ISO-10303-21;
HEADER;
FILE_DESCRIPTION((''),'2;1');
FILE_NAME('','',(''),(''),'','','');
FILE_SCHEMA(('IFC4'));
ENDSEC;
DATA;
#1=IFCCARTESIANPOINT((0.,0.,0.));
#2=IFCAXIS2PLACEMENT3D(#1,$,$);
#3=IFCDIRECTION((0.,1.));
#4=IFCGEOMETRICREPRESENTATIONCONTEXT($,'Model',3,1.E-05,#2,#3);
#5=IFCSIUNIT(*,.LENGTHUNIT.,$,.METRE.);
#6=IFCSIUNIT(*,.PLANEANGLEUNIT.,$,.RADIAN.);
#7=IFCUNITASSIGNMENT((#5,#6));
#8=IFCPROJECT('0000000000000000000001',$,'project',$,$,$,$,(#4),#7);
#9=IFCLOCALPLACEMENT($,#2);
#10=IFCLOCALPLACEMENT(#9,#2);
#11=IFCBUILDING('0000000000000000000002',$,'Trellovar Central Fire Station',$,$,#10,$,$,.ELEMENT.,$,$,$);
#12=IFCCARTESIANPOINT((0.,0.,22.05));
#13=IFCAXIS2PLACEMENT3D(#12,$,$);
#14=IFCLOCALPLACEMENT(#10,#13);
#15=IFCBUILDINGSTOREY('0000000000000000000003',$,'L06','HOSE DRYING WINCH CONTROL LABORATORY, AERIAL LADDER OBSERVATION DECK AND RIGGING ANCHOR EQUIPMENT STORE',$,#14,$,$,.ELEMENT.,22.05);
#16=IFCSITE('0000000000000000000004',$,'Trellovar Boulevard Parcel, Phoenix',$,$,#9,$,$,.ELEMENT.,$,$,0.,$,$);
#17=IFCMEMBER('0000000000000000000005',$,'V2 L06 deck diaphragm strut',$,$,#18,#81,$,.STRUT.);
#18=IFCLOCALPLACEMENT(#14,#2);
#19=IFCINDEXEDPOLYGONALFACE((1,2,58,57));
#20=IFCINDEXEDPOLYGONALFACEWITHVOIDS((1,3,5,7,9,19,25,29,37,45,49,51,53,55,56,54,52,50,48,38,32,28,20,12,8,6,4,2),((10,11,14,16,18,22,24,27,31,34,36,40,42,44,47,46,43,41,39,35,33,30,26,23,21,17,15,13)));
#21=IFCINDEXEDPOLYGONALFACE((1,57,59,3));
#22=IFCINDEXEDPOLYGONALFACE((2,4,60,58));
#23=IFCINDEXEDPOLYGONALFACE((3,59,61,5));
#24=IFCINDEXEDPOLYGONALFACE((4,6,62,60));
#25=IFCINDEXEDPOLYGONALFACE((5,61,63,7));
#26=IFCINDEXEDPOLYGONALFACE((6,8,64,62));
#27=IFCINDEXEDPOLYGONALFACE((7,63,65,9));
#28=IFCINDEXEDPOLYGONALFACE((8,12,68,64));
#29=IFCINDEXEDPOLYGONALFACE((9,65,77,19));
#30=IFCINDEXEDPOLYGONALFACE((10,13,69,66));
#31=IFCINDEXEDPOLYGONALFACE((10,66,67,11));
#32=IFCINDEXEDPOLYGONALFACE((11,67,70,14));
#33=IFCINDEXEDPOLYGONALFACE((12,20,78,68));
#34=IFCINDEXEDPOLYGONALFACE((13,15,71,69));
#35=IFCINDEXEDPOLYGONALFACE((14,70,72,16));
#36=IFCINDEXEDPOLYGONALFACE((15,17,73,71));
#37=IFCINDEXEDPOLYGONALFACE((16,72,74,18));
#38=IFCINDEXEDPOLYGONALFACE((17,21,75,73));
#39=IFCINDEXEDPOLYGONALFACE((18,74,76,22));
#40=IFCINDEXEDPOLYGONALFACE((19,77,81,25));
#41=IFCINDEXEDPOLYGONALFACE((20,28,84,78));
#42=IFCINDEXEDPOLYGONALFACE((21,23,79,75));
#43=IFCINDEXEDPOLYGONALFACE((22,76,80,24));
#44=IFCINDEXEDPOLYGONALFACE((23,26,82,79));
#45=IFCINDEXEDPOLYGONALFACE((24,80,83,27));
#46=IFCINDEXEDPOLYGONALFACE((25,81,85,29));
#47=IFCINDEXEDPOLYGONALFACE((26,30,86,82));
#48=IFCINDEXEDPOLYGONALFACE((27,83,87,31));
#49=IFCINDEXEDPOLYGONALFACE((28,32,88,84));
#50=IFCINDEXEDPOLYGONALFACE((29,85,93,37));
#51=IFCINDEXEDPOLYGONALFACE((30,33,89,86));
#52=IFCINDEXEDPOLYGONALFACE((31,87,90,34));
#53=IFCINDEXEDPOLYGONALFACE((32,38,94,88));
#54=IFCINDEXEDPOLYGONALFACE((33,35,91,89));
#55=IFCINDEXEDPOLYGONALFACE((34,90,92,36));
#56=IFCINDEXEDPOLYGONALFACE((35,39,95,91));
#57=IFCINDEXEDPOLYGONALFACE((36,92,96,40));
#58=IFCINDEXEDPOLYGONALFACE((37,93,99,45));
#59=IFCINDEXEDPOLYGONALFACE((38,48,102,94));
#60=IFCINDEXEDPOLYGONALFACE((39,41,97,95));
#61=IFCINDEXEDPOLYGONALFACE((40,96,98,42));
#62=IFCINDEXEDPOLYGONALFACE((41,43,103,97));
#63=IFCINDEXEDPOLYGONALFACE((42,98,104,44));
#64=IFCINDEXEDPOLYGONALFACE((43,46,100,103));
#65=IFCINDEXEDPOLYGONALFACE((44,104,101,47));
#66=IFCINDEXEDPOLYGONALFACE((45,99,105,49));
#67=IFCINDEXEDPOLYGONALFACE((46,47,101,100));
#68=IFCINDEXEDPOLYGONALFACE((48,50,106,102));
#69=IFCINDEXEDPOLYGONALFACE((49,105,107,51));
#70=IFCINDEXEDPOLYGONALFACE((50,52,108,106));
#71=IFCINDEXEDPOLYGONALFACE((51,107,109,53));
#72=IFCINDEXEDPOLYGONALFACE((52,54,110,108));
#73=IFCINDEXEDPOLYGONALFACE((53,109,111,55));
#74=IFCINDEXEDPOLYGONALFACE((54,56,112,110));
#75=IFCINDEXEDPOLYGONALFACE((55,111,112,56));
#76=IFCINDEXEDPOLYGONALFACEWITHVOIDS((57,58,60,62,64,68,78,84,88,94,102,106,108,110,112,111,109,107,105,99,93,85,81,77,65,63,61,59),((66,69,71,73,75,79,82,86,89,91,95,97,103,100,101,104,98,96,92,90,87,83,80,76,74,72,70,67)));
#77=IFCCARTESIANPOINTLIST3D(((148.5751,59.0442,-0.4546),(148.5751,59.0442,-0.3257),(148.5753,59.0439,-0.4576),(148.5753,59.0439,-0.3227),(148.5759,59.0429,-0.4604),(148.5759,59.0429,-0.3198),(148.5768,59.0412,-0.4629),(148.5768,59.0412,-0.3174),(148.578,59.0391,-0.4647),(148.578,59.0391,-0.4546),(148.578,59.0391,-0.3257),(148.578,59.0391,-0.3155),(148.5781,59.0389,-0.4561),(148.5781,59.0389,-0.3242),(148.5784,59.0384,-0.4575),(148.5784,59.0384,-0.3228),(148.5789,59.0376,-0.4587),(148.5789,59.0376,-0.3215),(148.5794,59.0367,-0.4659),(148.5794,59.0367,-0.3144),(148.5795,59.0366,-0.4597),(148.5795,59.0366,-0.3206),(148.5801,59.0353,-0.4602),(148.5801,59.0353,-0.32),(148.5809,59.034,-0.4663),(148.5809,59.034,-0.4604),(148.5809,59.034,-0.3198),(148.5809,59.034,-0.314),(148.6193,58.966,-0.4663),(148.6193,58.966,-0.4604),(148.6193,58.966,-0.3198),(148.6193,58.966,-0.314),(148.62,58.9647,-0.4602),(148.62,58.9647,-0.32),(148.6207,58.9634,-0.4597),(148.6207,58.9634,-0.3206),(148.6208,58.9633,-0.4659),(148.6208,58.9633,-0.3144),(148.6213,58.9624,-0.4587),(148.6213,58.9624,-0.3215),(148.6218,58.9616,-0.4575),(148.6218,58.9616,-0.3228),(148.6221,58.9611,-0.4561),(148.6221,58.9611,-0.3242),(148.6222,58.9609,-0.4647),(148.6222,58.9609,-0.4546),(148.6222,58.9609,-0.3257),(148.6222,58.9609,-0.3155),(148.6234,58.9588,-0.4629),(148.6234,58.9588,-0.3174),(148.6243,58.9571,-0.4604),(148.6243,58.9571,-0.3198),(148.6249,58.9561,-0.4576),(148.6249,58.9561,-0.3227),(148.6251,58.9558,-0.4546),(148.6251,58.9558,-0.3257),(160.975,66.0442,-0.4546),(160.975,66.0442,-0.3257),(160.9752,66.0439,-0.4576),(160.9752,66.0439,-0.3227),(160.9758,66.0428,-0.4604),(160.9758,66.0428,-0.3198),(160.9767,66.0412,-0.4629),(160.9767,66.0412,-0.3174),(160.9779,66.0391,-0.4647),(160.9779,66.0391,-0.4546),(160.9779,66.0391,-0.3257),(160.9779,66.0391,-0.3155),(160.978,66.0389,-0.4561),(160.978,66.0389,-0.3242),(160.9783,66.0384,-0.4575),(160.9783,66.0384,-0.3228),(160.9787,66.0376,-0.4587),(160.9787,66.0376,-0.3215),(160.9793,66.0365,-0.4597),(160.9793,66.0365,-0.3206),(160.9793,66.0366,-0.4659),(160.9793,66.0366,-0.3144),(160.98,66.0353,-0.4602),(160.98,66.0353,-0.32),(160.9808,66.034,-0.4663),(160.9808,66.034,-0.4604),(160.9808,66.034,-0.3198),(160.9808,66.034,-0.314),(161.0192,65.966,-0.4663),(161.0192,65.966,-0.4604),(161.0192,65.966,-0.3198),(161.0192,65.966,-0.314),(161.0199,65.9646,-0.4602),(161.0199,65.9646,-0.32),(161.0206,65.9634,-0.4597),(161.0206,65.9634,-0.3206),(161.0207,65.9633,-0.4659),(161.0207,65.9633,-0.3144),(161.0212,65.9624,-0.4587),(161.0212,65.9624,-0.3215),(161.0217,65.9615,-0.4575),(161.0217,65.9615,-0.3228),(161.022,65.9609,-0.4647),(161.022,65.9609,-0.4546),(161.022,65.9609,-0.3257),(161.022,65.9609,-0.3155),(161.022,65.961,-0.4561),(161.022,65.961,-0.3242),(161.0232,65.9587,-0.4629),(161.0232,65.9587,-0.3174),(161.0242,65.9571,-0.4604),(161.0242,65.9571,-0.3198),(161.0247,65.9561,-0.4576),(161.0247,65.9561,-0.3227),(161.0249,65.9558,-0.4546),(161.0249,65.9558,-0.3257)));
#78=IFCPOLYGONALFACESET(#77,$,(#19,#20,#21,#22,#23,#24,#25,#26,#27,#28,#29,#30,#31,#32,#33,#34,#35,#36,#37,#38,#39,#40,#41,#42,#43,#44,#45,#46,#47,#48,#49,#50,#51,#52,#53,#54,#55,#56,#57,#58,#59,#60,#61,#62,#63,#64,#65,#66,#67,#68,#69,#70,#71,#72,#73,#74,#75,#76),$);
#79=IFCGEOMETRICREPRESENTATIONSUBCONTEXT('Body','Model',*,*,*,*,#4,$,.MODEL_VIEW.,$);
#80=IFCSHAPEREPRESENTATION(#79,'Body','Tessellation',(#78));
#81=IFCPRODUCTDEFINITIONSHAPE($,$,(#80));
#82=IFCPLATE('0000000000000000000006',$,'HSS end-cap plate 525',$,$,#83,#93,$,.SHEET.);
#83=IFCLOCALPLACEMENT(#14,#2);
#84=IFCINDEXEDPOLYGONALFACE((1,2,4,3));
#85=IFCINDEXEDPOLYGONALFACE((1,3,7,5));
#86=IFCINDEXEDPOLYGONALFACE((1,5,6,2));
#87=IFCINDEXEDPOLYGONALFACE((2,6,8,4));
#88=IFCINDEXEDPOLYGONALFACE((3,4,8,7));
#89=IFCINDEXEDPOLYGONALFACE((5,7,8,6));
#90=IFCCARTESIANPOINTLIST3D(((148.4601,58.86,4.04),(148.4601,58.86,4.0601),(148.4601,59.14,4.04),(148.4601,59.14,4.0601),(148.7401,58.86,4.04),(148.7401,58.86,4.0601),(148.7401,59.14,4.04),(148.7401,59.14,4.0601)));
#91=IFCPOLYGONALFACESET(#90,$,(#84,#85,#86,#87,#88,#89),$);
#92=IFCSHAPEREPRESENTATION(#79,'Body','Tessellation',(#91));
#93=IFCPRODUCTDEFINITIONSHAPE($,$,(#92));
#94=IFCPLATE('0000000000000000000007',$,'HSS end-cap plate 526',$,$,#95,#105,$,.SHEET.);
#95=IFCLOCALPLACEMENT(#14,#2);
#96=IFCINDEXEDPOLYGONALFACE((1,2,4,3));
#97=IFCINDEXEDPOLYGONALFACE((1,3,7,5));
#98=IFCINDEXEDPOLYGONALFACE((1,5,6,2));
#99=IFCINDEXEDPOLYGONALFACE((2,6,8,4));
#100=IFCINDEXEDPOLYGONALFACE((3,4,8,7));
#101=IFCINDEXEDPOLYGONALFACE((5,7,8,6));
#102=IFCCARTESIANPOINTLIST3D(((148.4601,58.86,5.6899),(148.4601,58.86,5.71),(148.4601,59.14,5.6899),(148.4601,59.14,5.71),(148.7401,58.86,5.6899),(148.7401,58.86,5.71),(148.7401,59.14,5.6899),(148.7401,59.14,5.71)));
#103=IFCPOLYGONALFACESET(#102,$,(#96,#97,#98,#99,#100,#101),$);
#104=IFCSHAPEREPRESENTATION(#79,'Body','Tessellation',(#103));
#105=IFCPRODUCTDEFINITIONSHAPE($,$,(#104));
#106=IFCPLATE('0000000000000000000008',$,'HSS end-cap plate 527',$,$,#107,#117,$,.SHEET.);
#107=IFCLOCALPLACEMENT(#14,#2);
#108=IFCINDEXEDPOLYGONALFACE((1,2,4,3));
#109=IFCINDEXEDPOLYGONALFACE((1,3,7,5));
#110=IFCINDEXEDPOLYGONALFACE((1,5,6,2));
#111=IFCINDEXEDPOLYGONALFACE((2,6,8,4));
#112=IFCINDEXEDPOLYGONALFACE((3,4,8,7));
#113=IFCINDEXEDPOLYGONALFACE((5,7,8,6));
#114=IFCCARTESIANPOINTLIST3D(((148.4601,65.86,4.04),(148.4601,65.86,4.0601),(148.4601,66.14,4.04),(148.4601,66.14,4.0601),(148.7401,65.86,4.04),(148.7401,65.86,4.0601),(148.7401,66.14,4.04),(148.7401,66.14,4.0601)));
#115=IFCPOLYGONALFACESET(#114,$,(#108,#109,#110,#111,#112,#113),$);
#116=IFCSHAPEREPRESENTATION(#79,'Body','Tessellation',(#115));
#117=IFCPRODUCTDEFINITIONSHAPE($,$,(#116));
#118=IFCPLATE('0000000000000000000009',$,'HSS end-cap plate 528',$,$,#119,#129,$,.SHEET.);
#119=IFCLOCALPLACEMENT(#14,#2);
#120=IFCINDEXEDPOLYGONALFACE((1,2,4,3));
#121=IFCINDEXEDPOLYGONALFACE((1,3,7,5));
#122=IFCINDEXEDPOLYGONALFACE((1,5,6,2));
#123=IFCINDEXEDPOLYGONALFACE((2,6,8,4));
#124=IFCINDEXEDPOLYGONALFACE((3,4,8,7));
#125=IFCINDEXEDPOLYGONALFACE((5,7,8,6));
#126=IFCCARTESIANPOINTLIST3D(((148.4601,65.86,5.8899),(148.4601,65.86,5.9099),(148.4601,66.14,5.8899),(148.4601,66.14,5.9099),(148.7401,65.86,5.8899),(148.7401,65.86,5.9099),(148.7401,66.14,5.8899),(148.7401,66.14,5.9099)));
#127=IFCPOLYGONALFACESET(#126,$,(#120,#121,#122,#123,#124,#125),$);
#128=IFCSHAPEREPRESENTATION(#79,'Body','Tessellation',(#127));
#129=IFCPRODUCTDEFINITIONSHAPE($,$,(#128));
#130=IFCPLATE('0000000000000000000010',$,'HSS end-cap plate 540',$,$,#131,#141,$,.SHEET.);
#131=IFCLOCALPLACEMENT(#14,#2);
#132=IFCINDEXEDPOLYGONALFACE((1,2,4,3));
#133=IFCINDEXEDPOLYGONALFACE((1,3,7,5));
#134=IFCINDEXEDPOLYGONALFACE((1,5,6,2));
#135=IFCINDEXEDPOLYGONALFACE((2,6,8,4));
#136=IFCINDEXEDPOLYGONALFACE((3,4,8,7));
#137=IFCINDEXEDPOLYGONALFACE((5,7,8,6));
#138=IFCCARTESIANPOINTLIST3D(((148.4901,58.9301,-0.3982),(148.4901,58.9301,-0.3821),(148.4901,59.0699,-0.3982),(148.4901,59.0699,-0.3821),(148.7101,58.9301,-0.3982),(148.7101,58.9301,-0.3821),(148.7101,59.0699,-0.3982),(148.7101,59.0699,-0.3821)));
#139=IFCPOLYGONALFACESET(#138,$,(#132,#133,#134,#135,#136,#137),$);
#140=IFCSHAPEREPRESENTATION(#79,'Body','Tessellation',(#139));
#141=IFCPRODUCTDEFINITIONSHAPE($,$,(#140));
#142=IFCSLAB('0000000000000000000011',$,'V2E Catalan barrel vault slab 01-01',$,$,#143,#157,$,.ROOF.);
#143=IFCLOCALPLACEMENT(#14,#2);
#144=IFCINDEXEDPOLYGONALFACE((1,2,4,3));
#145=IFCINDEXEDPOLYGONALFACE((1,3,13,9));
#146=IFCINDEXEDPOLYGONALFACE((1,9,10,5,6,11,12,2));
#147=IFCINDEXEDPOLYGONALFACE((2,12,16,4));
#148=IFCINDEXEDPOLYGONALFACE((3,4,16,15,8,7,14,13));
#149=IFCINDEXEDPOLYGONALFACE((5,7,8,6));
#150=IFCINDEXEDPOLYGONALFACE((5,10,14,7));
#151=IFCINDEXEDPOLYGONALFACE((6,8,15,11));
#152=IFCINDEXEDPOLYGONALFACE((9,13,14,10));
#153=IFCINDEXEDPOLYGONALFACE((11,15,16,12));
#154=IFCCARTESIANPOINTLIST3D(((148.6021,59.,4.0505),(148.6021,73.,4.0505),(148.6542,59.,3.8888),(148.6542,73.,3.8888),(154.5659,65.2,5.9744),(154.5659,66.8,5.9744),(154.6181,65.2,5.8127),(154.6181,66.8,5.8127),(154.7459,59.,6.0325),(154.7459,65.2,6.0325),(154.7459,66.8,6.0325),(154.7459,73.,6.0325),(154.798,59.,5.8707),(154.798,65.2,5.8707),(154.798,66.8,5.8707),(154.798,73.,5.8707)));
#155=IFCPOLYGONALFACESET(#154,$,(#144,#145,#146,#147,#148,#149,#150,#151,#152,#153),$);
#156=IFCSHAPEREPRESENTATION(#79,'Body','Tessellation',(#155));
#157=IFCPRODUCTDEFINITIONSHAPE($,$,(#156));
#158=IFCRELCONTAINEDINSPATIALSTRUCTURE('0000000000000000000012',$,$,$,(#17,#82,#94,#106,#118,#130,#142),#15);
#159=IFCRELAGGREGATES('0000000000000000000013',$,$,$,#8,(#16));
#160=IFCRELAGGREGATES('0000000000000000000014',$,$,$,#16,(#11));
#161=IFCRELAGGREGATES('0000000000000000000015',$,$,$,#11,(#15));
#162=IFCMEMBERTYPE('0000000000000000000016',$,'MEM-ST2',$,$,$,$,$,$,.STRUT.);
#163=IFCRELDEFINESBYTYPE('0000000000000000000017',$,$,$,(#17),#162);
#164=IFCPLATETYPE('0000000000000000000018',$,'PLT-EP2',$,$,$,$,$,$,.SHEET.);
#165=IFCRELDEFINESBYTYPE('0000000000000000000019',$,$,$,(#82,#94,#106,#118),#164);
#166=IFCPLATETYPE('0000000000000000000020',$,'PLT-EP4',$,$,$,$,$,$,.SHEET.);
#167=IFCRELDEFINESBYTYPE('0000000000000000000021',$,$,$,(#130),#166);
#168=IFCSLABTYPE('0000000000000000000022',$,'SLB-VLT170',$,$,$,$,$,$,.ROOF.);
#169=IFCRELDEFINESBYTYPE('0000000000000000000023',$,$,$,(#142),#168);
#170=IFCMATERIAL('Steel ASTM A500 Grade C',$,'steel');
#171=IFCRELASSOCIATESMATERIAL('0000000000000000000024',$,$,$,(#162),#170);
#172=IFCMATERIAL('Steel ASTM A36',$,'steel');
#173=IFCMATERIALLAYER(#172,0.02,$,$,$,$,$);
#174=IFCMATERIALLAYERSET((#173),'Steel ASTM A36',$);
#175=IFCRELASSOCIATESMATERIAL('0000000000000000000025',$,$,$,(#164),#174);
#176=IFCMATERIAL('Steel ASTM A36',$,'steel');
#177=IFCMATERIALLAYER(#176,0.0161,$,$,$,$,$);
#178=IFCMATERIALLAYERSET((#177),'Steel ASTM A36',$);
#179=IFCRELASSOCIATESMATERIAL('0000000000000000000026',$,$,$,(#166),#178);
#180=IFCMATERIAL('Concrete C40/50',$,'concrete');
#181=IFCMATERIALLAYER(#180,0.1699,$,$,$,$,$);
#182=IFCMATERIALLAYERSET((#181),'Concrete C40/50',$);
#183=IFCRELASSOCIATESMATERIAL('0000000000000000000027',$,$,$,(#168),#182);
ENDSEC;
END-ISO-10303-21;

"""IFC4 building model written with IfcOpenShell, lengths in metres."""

from ifc_helpers import new_model, si_unit, direction, frame, origin, origin_2d, place, context, subcontext, project, spatial, polyline, rectangle, hollow_rectangle, outline, extrude, material, layer, layer_set, material_profile, profile_set, type_object, element, save


model = new_model("IFC4")

# Units and contexts
model_context = context("Model", 3, precision=1e-05, world=origin(), true_north=direction((0.0, 1.0)))
body_context = subcontext(model_context, "Body", "Model", "MODEL_VIEW")
ifc_project = project(units=[si_unit("LENGTHUNIT", "METRE"), si_unit("PLANEANGLEUNIT", "RADIAN")], contexts=[model_context])

# Site, building, storey
site_placement = place(None, origin())
site = spatial("IfcSite", under=ifc_project, at=site_placement, Name="Trellovar Boulevard Parcel, Phoenix", CompositionType="ELEMENT", RefElevation=0.0)
building_placement = place(site_placement, origin())
building = spatial("IfcBuilding", under=site, at=building_placement, Name="Trellovar Central Fire Station", CompositionType="ELEMENT")
storey_placement = place(building_placement, frame((0.0, 0.0, 22.05)))
storey = spatial("IfcBuildingStorey", under=building, at=storey_placement, Name="L06", Description="HOSE DRYING WINCH CONTROL LABORATORY, AERIAL LADDER OBSERVATION DECK AND RIGGING ANCHOR EQUIPMENT STORE", CompositionType="ELEMENT", Elevation=22.05)

# Member
ifc_material_1 = material(Name="Steel ASTM A500 Grade C", Category="steel")
ifc_material_profile_1 = material_profile(ifc_material_1, hollow_rectangle(XDim=0.1016, YDim=0.1523, WallThickness=0.0059, InnerFilletRadius=0.0059, OuterFilletRadius=0.0117, at=origin_2d()), Name="HSS6X4X1/4")
ifc_profile_set_1 = profile_set([ifc_material_profile_1], Name="Steel ASTM A500 Grade C")
member_type_1 = type_object("IfcMemberType", Name="MEM-ST2", PredefinedType="STRUT", material=ifc_profile_set_1)
member_1_placement = place(storey_placement, frame((148.6001, 59.0, -0.3901), z_axis=(0.870823, 0.491597, 0.0), x_axis=(-0.491597, 0.870823, 0.0)))
element("IfcMember", 1, at=member_1_placement, inside=storey, type_object=member_type_1, Name="V2 L06 deck diaphragm strut", PredefinedType="STRUT", context=body_context, shape_type="SweptSolid", body=[
    extrude(hollow_rectangle(XDim=0.1016, YDim=0.1523, WallThickness=0.0059, InnerFilletRadius=0.0059, OuterFilletRadius=0.0117, at=origin_2d()), origin(), (0.0, 0.0, 1.0), 14.2393),
])

# Plates
ifc_material_2 = material(Name="Steel ASTM A36", Category="steel")
ifc_layer_1 = layer(ifc_material_2, 0.02)
ifc_layer_set_1 = layer_set([ifc_layer_1], Name="Steel ASTM A36")
plate_type_1 = type_object("IfcPlateType", Name="PLT-EP2", PredefinedType="SHEET", material=ifc_layer_set_1)
for number, where, z_axis, x_axis, name in (
    (2, (148.6001, 59.0, 4.04), (0.0, 0.0, 1.0), (1.0, 0.0, 0.0), "HSS end-cap plate 525"),
    (3, (148.6001, 59.0, 5.6899), (0.0, 0.0, 1.0), (1.0, 0.0, 0.0), "HSS end-cap plate 526"),
    (4, (148.6001, 66.0, 4.04), (0.0, 0.0, 1.0), (1.0, 0.0, 0.0), "HSS end-cap plate 527"),
    (5, (148.6001, 66.0, 5.8899), (0.0, 0.0, 1.0), (1.0, 0.0, 0.0), "HSS end-cap plate 528"),
):
    element("IfcPlate", number, at=place(storey_placement, frame(where, z_axis=z_axis, x_axis=x_axis)), inside=storey, type_object=plate_type_1, Name=name, PredefinedType="SHEET", context=body_context, shape_type="SweptSolid", body=[
        extrude(rectangle(XDim=0.28, YDim=0.28, at=origin_2d()), origin(), (0.0, 0.0, 1.0), 0.02),
    ])
ifc_material_3 = material(Name="Steel ASTM A36", Category="steel")
ifc_layer_2 = layer(ifc_material_3, 0.0161)
ifc_layer_set_2 = layer_set([ifc_layer_2], Name="Steel ASTM A36")
plate_type_2 = type_object("IfcPlateType", Name="PLT-EP4", PredefinedType="SHEET", material=ifc_layer_set_2)
plate_placement = place(storey_placement, frame((148.6001, 59.0, -0.3982), z_axis=(0.0, 0.0, 1.0), x_axis=(1.0, 0.0, 0.0)))
element("IfcPlate", 6, at=plate_placement, inside=storey, type_object=plate_type_2, Name="HSS end-cap plate 540", PredefinedType="SHEET", context=body_context, shape_type="SweptSolid", body=[
    extrude(rectangle(XDim=0.22, YDim=0.1399, at=origin_2d()), origin(), (0.0, 0.0, 1.0), 0.0161),
])

# Slab
ifc_material_4 = material(Name="Concrete C40/50", Category="concrete")
ifc_layer_3 = layer(ifc_material_4, 0.1699)
ifc_layer_set_3 = layer_set([ifc_layer_3], Name="Concrete C40/50")
slab_type = type_object("IfcSlabType", Name="SLB-VLT170", PredefinedType="ROOF", material=ifc_layer_set_3)
slab_placement = place(storey_placement, frame((148.6021, 59.0, 4.0505), z_axis=(-0.307011, 0.0, 0.951706), x_axis=(0.951706, 0.0, 0.307011)))
element("IfcSlab", 7, at=slab_placement, inside=storey, type_object=slab_type, Name="V2E Catalan barrel vault slab 01-01", PredefinedType="ROOF", context=body_context, shape_type="SweptSolid", body=[
    extrude(outline(polyline([(0.0, 0.0), (6.4556, 0.0), (6.4556, 6.2), (6.2665, 6.2), (6.2665, 7.8), (6.4556, 7.8), (6.4556, 14.0), (0.0, 14.0), (0.0, 0.0)])), origin(), (0.0, 0.0, -1.0), 0.1699),
])

save(model, "model.ifc")
